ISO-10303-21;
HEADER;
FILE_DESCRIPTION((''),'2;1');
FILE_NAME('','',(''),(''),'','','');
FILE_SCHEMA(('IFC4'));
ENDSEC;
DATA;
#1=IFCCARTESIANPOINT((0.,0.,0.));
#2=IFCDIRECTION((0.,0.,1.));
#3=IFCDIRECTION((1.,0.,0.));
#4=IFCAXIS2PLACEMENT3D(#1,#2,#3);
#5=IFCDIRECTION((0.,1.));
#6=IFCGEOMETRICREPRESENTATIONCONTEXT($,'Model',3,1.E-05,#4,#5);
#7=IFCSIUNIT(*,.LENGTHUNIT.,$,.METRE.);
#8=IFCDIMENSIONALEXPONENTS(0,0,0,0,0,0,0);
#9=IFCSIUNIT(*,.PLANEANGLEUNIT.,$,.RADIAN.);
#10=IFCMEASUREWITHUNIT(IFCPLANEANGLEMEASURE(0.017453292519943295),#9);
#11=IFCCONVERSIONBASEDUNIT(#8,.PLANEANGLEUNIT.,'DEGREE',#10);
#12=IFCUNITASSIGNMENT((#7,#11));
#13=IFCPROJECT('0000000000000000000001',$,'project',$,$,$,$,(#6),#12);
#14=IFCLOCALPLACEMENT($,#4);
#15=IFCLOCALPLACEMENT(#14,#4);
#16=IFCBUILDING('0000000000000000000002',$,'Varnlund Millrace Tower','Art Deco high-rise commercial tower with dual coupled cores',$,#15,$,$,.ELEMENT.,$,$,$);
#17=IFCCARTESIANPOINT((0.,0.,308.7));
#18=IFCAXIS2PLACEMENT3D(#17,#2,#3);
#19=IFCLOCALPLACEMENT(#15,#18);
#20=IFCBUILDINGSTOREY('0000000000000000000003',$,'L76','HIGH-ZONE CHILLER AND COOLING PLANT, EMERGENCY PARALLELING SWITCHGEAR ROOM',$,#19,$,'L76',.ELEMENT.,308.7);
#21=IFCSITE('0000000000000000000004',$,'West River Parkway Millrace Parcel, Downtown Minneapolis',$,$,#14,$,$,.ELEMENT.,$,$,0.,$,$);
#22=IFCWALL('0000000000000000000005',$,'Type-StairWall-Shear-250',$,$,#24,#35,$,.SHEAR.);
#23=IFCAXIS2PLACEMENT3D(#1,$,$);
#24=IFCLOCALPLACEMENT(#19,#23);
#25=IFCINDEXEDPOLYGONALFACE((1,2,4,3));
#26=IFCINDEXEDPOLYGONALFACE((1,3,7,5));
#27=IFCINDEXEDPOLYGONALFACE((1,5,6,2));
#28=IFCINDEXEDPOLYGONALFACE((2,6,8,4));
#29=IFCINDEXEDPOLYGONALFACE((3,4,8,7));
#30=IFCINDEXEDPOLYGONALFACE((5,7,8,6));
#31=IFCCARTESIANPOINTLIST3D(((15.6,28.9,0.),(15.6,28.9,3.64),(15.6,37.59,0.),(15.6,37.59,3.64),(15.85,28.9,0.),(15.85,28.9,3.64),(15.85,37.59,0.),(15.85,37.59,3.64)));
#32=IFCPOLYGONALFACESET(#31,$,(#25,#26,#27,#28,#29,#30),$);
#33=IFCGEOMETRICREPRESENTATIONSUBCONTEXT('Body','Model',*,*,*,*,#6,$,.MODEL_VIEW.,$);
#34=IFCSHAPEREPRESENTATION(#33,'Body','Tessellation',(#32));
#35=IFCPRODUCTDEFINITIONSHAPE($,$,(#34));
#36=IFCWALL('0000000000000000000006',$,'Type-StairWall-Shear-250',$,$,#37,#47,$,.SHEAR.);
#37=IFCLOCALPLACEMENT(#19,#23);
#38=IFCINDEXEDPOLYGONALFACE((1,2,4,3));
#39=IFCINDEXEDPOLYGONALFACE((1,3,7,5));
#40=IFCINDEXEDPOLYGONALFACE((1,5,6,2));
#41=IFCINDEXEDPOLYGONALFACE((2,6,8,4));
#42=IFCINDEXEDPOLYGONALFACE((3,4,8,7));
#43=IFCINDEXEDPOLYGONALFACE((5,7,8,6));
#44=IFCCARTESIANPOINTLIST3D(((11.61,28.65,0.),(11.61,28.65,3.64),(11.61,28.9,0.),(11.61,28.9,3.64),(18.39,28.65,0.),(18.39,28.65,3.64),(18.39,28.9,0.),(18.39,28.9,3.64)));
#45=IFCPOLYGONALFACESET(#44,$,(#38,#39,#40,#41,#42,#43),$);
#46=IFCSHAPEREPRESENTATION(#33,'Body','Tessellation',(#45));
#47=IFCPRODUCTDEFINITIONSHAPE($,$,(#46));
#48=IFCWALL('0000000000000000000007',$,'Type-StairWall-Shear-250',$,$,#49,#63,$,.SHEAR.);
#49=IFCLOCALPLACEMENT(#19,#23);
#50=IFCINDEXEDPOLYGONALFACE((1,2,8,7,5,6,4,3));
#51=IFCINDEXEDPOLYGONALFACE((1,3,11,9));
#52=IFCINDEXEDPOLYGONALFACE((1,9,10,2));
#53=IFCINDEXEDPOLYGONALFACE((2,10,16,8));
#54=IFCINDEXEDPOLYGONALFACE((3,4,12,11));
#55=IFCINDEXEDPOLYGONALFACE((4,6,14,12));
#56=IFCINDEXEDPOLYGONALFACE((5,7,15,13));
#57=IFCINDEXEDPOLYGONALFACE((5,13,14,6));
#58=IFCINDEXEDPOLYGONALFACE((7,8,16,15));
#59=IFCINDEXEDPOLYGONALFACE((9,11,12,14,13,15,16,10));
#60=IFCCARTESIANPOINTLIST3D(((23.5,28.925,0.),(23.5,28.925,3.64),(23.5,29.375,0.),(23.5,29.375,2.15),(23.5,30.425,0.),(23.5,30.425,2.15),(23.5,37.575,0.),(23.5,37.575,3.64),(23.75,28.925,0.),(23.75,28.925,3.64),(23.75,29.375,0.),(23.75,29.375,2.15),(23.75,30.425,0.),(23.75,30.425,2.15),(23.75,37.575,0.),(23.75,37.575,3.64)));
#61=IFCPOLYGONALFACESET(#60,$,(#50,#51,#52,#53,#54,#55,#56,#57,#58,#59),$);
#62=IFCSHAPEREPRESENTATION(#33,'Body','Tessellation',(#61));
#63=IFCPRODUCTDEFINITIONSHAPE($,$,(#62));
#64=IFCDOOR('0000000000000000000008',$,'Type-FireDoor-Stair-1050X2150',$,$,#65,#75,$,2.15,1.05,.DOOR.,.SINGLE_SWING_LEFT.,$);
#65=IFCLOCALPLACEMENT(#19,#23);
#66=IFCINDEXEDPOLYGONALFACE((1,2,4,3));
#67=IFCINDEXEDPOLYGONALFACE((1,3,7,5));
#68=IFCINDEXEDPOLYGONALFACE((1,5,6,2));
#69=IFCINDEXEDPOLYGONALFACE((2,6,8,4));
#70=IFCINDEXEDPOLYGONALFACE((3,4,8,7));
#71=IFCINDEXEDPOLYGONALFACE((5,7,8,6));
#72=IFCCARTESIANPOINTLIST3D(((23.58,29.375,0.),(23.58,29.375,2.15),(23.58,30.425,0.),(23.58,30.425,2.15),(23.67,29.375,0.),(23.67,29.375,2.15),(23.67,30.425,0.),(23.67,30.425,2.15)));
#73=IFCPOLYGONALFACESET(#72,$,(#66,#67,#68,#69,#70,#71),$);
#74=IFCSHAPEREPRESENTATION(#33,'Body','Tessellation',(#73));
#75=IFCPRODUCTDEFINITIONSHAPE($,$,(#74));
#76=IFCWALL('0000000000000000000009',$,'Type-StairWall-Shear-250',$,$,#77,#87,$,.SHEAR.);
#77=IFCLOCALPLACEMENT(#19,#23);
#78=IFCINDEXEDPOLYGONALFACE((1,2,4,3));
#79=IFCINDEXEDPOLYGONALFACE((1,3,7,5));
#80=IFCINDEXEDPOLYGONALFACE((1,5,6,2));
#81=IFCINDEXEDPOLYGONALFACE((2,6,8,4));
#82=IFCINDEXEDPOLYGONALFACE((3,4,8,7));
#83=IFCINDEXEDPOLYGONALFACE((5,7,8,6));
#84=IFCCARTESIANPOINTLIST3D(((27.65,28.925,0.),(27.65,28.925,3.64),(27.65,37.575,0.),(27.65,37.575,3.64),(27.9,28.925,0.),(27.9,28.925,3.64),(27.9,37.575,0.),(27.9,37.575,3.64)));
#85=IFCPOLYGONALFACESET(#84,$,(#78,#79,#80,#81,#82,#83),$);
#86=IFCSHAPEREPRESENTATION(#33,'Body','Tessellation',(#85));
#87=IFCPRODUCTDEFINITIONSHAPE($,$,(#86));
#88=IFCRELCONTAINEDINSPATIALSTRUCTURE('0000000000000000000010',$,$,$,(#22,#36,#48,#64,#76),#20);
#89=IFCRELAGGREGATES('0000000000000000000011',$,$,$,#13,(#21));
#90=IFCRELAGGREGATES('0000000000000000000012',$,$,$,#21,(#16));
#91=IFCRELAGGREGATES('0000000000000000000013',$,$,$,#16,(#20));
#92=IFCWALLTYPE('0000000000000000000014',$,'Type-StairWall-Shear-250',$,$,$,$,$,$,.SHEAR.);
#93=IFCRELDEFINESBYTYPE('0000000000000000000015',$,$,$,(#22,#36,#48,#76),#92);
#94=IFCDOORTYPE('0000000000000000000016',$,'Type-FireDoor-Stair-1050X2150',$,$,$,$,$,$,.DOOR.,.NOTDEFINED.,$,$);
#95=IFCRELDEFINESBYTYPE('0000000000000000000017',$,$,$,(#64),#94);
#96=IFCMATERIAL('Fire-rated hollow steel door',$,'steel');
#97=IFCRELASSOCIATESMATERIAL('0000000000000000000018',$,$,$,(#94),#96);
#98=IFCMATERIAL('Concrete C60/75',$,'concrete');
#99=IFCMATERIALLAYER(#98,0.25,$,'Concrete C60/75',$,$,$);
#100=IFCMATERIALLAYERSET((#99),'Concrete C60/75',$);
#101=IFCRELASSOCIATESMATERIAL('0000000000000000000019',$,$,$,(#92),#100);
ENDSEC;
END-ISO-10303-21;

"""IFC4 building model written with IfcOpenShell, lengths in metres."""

from ifc_helpers import new_model, entity, si_unit, converted_unit, direction, frame, origin_with_axes, origin_2d_with_axis, place, context, subcontext, project, spatial, polyline, rectangle, outline, extrude, material, layer, layer_set, type_object, element, fill, save


model = new_model("IFC4")

# Units and contexts
model_context = context("Model", 3, precision=1e-05, world=origin_with_axes(), true_north=direction((0.0, 1.0)))
body_context = subcontext(model_context, "Body", "Model", "MODEL_VIEW")
ifc_project = project(units=[si_unit("LENGTHUNIT", "METRE"), converted_unit("PLANEANGLEUNIT", "DEGREE", entity("IfcPlaneAngleMeasure", 0.017453292519943295), si_unit("PLANEANGLEUNIT", "RADIAN"), dimensions=[0, 0, 0, 0, 0, 0, 0])], contexts=[model_context])

# Site, building, storey
site_placement = place(None, origin_with_axes())
site = spatial("IfcSite", under=ifc_project, at=site_placement, Name="West River Parkway Millrace Parcel, Downtown Minneapolis", CompositionType="ELEMENT", RefElevation=0.0)
building_placement = place(site_placement, origin_with_axes())
building = spatial("IfcBuilding", under=site, at=building_placement, Name="Varnlund Millrace Tower", Description="Art Deco high-rise commercial tower with dual coupled cores", CompositionType="ELEMENT")
storey_placement = place(building_placement, frame((0.0, 0.0, 308.7), z_axis=(0.0, 0.0, 1.0), x_axis=(1.0, 0.0, 0.0)))
storey = spatial("IfcBuildingStorey", under=building, at=storey_placement, Name="L76", Description="HIGH-ZONE CHILLER AND COOLING PLANT, EMERGENCY PARALLELING SWITCHGEAR ROOM", LongName="L76", CompositionType="ELEMENT", Elevation=308.7)

# Shared definitions
ifc_material_1 = material(Name="Concrete C60/75", Category="concrete")
ifc_material_2 = material(Name="Fire-rated hollow steel door", Category="steel")
door_type_1 = type_object("IfcDoorType", Name="Type-FireDoor-Stair-1050X2150", OperationType="NOTDEFINED", PredefinedType="DOOR", material=ifc_material_2)

# Shared definitions
ifc_layer_1 = layer(ifc_material_1, 0.25, Name="Concrete C60/75")
ifc_layer_set_1 = layer_set([ifc_layer_1], Name="Concrete C60/75")

# Walls
wall_type_1 = type_object("IfcWallType", Name="Type-StairWall-Shear-250", PredefinedType="SHEAR", material=ifc_layer_set_1)
wall_1_placement = place(storey_placement, frame((15.725, 28.9, 0.0), z_axis=(0.0, 0.0, 1.0), x_axis=(0.0, 1.0, 0.0)))
element("IfcWall", 1, at=wall_1_placement, inside=storey, type_object=wall_type_1, Name="Type-StairWall-Shear-250", PredefinedType="SHEAR", context=body_context, shape_type="SweptSolid", body=[
    extrude(outline(polyline([(0.0, -0.125), (8.69, -0.125), (8.69, 0.125), (0.0, 0.125), (0.0, -0.125)])), origin_with_axes(), (0.0, 0.0, 1.0), 3.64),
])
wall_2_placement = place(storey_placement, frame((11.61, 28.775, 0.0), z_axis=(0.0, 0.0, 1.0), x_axis=(1.0, 0.0, 0.0)))
element("IfcWall", 2, at=wall_2_placement, inside=storey, type_object=wall_type_1, Name="Type-StairWall-Shear-250", PredefinedType="SHEAR", context=body_context, shape_type="SweptSolid", body=[
    extrude(outline(polyline([(0.0, -0.125), (6.78, -0.125), (6.78, 0.125), (0.0, 0.125), (0.0, -0.125)])), origin_with_axes(), (0.0, 0.0, 1.0), 3.64),
])

# Wall, opening, door
wall_3_placement = place(storey_placement, frame((23.625, 28.925, 0.0), z_axis=(0.0, 0.0, 1.0), x_axis=(0.0, 1.0, 0.0)))
wall_3 = element("IfcWall", 3, at=wall_3_placement, inside=storey, type_object=wall_type_1, Name="Type-StairWall-Shear-250", PredefinedType="SHEAR", context=body_context, shape_type="SweptSolid", body=[
    extrude(outline(polyline([(0.0, -0.125), (8.65, -0.125), (8.65, 0.125), (0.0, 0.125), (0.0, -0.125)])), origin_with_axes(), (0.0, 0.0, 1.0), 3.64),
])
opening_1_placement = place(wall_3_placement, frame((0.975, 0.0, 0.0), z_axis=(0.0, 0.0, 1.0), x_axis=(1.0, 0.0, 0.0)))
opening_1 = element("IfcOpeningElement", 4, at=opening_1_placement, cuts=wall_3, PredefinedType="OPENING", context=body_context, shape_type="SweptSolid", body=[
    extrude(rectangle(XDim=1.05, YDim=0.27, at=origin_2d_with_axis()), origin_with_axes(), (0.0, 0.0, 1.0), 2.15),
])
door_1_placement = place(wall_3_placement, frame((0.975, 0.0, 0.0), z_axis=(0.0, 0.0, 1.0), x_axis=(1.0, 0.0, 0.0)))
door_1 = element("IfcDoor", 5, at=door_1_placement, inside=storey, type_object=door_type_1, Name="Type-FireDoor-Stair-1050X2150", OperationType="SINGLE_SWING_LEFT", OverallHeight=2.15, OverallWidth=1.05, PredefinedType="DOOR", context=body_context, shape_type="SweptSolid", body=[
    extrude(rectangle(XDim=1.05, YDim=0.09, at=origin_2d_with_axis()), origin_with_axes(), (0.0, 0.0, 1.0), 2.15),
])
fill(opening_1, door_1)

# Wall
wall_4_placement = place(storey_placement, frame((27.775, 28.925, 0.0), z_axis=(0.0, 0.0, 1.0), x_axis=(0.0, 1.0, 0.0)))
element("IfcWall", 6, at=wall_4_placement, inside=storey, type_object=wall_type_1, Name="Type-StairWall-Shear-250", PredefinedType="SHEAR", context=body_context, shape_type="SweptSolid", body=[
    extrude(outline(polyline([(0.0, -0.125), (8.65, -0.125), (8.65, 0.125), (0.0, 0.125), (0.0, -0.125)])), origin_with_axes(), (0.0, 0.0, 1.0), 3.64),
])

save(model, "model.ifc")
